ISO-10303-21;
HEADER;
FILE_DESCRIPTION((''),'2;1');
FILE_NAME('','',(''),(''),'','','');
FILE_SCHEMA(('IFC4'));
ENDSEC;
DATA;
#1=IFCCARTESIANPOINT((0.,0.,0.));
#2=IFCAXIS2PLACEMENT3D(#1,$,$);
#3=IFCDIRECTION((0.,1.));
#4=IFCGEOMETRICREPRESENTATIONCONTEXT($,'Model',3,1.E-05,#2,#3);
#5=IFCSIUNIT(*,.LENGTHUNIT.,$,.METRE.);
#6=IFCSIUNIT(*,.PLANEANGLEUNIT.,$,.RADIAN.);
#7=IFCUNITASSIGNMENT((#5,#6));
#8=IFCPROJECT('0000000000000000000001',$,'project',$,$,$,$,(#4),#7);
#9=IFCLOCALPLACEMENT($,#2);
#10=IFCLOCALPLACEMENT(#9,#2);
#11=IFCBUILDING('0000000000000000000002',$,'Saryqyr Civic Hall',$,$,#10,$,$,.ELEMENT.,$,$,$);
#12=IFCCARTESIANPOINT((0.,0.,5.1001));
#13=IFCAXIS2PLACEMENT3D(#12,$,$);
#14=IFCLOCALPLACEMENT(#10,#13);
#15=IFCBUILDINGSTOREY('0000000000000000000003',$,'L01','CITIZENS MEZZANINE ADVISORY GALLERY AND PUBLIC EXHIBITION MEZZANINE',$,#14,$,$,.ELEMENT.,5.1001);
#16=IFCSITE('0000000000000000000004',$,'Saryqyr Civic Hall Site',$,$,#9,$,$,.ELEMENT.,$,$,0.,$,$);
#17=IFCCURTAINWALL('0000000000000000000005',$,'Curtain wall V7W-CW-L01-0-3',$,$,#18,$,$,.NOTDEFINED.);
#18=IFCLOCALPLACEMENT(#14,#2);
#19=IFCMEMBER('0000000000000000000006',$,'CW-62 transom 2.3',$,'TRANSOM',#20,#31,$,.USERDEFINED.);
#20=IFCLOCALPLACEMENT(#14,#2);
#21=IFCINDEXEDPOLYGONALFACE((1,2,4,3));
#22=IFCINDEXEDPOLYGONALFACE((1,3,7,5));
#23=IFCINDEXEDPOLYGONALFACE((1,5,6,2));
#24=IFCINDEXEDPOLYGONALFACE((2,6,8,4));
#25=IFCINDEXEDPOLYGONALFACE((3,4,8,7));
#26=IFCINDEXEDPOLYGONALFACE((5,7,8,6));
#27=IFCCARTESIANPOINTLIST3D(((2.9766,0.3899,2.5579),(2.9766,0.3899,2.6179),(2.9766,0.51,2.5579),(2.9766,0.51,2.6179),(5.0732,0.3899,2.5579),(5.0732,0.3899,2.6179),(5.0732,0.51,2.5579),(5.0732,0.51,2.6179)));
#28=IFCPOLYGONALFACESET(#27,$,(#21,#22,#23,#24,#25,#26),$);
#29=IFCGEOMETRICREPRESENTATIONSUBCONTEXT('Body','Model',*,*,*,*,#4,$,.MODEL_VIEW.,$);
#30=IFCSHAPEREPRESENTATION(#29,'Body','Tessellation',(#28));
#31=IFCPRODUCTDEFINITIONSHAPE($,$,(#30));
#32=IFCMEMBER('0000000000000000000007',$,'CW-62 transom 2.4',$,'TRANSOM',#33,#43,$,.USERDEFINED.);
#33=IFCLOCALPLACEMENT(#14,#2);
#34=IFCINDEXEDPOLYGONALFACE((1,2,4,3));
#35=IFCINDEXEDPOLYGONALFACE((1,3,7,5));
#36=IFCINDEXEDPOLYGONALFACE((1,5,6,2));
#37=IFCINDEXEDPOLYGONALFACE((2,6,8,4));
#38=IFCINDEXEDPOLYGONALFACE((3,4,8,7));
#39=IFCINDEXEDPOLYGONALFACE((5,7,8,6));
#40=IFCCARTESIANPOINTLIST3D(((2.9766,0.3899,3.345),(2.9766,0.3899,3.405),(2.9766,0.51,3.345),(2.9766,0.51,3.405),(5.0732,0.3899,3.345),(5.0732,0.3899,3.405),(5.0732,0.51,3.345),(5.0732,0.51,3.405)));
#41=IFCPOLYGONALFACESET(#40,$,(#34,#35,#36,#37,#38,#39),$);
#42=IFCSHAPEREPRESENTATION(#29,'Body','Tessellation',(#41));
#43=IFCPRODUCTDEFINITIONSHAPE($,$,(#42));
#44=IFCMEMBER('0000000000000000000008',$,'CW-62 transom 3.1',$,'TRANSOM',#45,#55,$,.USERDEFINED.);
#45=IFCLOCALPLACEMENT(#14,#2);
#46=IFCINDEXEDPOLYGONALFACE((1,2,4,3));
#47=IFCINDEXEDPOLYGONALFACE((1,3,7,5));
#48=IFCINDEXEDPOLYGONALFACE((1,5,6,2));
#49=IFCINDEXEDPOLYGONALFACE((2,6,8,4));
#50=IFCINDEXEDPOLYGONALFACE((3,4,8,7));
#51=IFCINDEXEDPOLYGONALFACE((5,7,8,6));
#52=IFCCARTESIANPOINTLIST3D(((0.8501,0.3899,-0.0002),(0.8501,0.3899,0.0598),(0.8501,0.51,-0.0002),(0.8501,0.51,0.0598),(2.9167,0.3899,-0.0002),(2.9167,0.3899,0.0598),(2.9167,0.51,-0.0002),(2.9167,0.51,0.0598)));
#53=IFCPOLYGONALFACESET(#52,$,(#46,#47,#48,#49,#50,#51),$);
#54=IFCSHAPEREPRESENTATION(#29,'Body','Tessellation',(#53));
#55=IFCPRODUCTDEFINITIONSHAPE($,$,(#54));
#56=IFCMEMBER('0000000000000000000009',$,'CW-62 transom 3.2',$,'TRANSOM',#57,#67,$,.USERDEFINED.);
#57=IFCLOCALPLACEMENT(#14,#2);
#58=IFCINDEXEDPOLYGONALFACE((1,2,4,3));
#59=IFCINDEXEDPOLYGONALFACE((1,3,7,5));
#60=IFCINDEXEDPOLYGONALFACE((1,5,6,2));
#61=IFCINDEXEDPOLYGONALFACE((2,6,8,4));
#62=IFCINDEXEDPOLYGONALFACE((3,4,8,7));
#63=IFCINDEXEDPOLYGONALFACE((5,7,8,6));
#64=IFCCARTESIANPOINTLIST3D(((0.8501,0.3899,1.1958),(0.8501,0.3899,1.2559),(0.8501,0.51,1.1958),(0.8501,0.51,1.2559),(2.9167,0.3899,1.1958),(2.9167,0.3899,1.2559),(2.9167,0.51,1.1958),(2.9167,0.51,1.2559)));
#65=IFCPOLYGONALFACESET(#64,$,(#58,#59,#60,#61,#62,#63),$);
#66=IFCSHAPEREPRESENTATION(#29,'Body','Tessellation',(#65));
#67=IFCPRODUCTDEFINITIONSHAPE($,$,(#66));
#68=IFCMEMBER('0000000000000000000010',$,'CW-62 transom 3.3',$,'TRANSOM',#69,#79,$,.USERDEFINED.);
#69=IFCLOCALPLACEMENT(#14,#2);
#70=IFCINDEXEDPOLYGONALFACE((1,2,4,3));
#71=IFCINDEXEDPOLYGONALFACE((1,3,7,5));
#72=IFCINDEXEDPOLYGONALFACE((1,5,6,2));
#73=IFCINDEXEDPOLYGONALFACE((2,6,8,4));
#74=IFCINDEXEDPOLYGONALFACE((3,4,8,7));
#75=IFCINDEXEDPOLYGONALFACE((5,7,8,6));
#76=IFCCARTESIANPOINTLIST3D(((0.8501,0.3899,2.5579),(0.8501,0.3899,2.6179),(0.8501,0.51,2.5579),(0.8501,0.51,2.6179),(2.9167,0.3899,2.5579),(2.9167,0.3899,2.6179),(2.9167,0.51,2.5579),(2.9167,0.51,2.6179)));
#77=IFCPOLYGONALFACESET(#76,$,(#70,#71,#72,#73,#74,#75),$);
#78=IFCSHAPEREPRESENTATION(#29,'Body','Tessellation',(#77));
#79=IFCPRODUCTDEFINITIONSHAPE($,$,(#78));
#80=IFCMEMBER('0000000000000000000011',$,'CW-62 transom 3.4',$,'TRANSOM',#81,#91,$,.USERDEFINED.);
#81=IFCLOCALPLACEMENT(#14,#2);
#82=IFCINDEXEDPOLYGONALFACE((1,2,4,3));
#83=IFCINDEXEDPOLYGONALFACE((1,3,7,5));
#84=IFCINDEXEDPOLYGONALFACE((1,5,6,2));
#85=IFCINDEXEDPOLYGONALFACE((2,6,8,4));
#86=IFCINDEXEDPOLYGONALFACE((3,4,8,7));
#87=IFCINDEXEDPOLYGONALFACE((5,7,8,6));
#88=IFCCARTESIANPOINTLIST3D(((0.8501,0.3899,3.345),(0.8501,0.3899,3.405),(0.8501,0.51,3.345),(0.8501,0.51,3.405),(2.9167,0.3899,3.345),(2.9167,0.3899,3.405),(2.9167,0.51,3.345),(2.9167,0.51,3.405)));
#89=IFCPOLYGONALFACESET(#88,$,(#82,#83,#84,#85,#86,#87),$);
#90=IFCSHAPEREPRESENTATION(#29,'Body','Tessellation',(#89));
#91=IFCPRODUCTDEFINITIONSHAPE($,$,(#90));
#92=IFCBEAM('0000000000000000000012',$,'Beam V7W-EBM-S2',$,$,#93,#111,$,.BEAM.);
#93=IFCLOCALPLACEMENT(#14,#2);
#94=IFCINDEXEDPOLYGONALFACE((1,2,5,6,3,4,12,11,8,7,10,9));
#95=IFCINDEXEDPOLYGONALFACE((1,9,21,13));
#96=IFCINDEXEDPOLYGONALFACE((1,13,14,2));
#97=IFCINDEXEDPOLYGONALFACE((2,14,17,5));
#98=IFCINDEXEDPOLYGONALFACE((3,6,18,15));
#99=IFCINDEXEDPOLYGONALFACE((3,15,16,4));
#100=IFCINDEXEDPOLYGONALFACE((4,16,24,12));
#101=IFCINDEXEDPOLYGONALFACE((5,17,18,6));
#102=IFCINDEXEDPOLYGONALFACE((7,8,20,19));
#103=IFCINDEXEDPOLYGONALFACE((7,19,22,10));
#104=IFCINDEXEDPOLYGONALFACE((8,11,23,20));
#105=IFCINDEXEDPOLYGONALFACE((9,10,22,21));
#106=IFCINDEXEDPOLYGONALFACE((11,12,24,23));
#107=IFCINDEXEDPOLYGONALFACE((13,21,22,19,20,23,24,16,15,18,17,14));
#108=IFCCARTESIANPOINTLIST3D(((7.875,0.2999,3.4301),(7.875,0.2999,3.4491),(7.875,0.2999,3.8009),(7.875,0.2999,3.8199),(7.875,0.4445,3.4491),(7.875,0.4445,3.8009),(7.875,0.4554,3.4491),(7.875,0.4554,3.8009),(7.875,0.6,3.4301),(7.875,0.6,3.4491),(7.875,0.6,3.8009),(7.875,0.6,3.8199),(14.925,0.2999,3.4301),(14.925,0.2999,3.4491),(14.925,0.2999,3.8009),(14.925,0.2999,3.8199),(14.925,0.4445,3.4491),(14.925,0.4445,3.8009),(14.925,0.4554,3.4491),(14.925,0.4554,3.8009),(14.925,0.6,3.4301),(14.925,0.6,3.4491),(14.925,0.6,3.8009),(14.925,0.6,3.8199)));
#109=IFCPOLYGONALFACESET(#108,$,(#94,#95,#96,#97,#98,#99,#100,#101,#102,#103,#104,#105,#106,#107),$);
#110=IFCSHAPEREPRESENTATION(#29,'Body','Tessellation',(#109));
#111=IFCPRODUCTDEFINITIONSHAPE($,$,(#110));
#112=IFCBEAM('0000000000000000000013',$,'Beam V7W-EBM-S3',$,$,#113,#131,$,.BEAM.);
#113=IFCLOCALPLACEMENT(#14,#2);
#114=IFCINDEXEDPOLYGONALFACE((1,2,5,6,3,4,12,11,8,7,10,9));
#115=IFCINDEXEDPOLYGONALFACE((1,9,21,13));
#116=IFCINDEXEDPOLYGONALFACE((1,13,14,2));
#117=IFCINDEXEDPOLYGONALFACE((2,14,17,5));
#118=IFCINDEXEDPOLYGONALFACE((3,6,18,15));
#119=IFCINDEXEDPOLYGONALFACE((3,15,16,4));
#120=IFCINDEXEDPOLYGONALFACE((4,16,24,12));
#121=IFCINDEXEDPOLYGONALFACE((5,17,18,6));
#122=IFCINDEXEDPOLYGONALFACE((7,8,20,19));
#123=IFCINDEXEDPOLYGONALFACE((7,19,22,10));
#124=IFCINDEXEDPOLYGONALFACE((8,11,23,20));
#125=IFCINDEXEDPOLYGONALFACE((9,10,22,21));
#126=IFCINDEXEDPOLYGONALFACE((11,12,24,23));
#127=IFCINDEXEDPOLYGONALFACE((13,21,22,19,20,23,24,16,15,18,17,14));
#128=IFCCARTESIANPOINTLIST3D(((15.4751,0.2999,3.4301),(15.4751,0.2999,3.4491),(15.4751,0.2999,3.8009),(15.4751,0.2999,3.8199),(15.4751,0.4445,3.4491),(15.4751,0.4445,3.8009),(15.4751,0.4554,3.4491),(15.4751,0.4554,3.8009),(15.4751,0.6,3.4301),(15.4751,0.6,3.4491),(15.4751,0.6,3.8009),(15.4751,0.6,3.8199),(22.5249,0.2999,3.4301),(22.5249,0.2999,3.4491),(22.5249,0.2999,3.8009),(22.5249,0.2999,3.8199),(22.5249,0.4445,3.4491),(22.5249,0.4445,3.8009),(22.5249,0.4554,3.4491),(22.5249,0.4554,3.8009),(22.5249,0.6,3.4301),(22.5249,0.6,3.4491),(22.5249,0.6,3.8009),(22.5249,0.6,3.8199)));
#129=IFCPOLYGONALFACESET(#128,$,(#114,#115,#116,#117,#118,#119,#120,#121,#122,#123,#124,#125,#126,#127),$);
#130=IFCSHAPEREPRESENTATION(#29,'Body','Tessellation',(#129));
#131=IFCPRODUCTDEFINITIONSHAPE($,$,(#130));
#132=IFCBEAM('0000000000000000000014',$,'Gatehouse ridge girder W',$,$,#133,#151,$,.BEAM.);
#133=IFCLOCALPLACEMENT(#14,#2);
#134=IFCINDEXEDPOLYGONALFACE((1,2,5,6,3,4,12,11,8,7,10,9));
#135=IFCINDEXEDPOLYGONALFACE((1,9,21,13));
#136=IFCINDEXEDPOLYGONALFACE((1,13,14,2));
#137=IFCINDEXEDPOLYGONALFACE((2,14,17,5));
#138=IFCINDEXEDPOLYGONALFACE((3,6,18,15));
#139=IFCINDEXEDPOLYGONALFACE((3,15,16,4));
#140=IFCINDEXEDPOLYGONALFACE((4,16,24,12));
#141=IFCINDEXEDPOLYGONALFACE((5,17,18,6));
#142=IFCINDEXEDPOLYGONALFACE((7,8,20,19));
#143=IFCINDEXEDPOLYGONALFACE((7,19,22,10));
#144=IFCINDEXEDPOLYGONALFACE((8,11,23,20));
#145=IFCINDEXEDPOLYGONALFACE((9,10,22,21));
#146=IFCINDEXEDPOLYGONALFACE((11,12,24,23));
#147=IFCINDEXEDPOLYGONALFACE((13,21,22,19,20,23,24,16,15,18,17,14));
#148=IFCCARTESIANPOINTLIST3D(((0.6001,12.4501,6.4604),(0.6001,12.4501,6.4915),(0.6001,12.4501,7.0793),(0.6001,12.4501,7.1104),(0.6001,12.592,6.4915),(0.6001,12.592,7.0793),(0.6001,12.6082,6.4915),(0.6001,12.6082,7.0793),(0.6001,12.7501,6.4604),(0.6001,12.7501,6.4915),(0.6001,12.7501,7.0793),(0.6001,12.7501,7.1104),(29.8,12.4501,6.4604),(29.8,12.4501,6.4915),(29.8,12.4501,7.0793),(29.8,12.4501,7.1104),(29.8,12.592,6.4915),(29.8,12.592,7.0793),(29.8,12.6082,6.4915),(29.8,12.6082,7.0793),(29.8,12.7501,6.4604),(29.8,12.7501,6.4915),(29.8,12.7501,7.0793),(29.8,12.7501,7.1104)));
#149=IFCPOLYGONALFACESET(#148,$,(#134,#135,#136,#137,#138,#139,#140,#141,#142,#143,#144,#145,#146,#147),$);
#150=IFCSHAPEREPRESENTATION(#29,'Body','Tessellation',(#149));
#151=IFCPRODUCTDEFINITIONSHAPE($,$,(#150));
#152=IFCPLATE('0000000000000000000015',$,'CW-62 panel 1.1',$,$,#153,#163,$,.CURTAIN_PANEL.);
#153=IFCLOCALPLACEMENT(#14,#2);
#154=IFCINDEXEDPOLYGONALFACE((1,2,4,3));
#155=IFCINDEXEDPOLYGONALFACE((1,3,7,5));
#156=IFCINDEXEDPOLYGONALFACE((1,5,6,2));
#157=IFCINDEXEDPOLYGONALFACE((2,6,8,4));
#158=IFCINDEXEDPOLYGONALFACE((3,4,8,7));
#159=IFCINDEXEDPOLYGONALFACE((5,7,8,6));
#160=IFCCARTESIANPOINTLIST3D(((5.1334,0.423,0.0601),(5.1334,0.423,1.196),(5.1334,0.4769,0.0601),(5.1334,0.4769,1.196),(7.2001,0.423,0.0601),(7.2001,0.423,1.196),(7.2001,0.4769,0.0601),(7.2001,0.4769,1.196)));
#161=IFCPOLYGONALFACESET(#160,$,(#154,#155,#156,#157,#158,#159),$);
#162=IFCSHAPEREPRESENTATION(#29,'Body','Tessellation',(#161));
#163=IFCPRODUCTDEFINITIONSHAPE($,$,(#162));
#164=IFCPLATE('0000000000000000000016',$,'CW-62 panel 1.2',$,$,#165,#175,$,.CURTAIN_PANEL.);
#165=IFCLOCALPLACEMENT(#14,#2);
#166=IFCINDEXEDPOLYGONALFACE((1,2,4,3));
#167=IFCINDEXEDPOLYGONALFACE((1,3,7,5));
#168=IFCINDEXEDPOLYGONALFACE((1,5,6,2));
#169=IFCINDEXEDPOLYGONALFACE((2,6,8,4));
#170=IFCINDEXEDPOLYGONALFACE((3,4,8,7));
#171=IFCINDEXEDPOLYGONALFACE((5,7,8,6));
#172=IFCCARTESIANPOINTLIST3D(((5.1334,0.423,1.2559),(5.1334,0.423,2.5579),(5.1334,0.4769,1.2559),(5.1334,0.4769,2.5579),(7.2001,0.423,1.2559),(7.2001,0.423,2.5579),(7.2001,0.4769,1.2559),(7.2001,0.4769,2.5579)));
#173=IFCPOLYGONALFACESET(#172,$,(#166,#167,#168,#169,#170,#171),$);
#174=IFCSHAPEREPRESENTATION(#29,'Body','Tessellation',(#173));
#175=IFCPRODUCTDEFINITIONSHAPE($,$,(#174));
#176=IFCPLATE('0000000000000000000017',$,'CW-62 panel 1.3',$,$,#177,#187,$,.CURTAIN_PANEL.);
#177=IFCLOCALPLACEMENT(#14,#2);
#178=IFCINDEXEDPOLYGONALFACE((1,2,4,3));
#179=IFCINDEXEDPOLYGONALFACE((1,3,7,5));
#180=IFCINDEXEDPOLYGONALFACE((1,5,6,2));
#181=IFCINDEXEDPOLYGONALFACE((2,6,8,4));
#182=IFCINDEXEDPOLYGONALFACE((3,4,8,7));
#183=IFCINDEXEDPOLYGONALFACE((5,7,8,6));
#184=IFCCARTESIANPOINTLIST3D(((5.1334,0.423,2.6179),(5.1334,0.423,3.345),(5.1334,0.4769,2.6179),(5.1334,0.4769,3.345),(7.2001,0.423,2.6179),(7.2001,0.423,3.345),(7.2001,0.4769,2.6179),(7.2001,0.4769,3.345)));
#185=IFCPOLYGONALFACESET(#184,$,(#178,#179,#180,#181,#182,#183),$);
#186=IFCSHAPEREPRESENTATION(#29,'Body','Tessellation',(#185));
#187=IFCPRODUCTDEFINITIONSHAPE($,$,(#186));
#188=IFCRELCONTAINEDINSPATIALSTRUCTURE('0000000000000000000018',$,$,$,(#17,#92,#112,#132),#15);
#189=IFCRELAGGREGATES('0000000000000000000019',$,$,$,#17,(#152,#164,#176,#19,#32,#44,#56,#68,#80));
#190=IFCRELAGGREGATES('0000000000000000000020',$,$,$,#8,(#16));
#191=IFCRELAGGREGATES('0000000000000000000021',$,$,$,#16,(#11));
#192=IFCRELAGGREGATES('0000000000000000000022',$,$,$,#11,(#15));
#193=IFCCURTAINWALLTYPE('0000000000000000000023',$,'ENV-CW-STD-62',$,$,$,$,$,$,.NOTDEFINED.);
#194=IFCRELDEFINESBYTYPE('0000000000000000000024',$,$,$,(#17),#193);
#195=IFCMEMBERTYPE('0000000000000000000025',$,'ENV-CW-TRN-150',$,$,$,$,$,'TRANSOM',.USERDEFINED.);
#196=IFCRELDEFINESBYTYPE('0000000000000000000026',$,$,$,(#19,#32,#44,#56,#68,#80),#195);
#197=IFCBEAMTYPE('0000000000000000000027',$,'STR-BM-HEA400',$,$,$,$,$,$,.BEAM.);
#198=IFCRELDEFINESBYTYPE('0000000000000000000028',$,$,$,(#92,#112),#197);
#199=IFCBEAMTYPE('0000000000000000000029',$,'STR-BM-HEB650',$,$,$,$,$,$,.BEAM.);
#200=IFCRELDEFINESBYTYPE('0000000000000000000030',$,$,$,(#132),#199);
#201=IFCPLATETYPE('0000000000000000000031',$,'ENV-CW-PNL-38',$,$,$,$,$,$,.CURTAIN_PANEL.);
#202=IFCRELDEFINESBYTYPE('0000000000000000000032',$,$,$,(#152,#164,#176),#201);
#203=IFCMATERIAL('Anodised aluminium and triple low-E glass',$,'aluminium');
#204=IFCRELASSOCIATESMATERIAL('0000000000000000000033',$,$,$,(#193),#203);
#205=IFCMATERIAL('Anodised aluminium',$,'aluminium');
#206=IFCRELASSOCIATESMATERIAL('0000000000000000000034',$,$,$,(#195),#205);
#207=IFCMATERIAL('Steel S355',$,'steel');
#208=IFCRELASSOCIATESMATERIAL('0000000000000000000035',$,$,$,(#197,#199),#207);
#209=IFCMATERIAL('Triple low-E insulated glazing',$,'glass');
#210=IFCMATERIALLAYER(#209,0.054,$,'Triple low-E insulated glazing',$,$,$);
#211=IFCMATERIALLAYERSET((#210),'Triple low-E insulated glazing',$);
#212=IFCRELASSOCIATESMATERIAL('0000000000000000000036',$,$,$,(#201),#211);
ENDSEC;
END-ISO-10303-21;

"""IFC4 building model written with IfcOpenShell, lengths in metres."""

from ifc_helpers import new_model, si_unit, direction, frame, origin, origin_2d, place, context, subcontext, project, spatial, rectangle, i_section, extrude, material, layer, layer_set, material_profile, profile_set, type_object, element, aggregate, save


model = new_model("IFC4")

# Units and contexts
model_context = context("Model", 3, precision=1e-05, world=origin(), true_north=direction((0.0, 1.0)))
body_context = subcontext(model_context, "Body", "Model", "MODEL_VIEW")
ifc_project = project(units=[si_unit("LENGTHUNIT", "METRE"), si_unit("PLANEANGLEUNIT", "RADIAN")], contexts=[model_context])

# Site, building, storey
site_placement = place(None, origin())
site = spatial("IfcSite", under=ifc_project, at=site_placement, Name="Saryqyr Civic Hall Site", CompositionType="ELEMENT", RefElevation=0.0)
building_placement = place(site_placement, origin())
building = spatial("IfcBuilding", under=site, at=building_placement, Name="Saryqyr Civic Hall", CompositionType="ELEMENT")
storey_placement = place(building_placement, frame((0.0, 0.0, 5.1001)))
storey = spatial("IfcBuildingStorey", under=building, at=storey_placement, Name="L01", Description="CITIZENS MEZZANINE ADVISORY GALLERY AND PUBLIC EXHIBITION MEZZANINE", CompositionType="ELEMENT", Elevation=5.1001)

# Curtain wall, members
ifc_material_1 = material(Name="Anodised aluminium and triple low-E glass", Category="aluminium")
curtain_wall_type = type_object("IfcCurtainWallType", Name="ENV-CW-STD-62", PredefinedType="NOTDEFINED", material=ifc_material_1)
curtain_wall_placement = place(storey_placement, origin())
curtain_wall = element("IfcCurtainWall", 1, at=curtain_wall_placement, inside=storey, type_object=curtain_wall_type, Name="Curtain wall V7W-CW-L01-0-3", PredefinedType="NOTDEFINED")
ifc_material_2 = material(Name="Anodised aluminium", Category="aluminium")
ifc_material_profile_1 = material_profile(ifc_material_2, rectangle(XDim=0.1201, YDim=0.0601, at=origin_2d()), Name="ALU TRANSOM 120x60")
ifc_profile_set_1 = profile_set([ifc_material_profile_1], Name="Anodised aluminium")
member_type_1 = type_object("IfcMemberType", Name="ENV-CW-TRN-150", ElementType="TRANSOM", PredefinedType="USERDEFINED", material=ifc_profile_set_1)
member_1_placement = place(storey_placement, frame((5.0732, 0.45, 2.5879), z_axis=(-1.0, 0.0, 0.0), x_axis=(0.0, -1.0, 0.0)))
member_1 = element("IfcMember", 2, at=member_1_placement, type_object=member_type_1, Name="CW-62 transom 2.3", ObjectType="TRANSOM", PredefinedType="USERDEFINED", context=body_context, shape_type="SweptSolid", body=[
    extrude(rectangle(XDim=0.1201, YDim=0.0601, at=origin_2d()), origin(), (0.0, 0.0, 1.0), 2.0967),
])
member_2_placement = place(storey_placement, frame((5.0732, 0.45, 3.375), z_axis=(-1.0, 0.0, 0.0), x_axis=(0.0, -1.0, 0.0)))
member_2 = element("IfcMember", 3, at=member_2_placement, type_object=member_type_1, Name="CW-62 transom 2.4", ObjectType="TRANSOM", PredefinedType="USERDEFINED", context=body_context, shape_type="SweptSolid", body=[
    extrude(rectangle(XDim=0.1201, YDim=0.0601, at=origin_2d()), origin(), (0.0, 0.0, 1.0), 2.0967),
])
member_3_placement = place(storey_placement, frame((2.9167, 0.45, 0.0298), z_axis=(-1.0, 0.0, 0.0), x_axis=(0.0, -1.0, 0.0)))
member_3 = element("IfcMember", 4, at=member_3_placement, type_object=member_type_1, Name="CW-62 transom 3.1", ObjectType="TRANSOM", PredefinedType="USERDEFINED", context=body_context, shape_type="SweptSolid", body=[
    extrude(rectangle(XDim=0.1201, YDim=0.0601, at=origin_2d()), origin(), (0.0, 0.0, 1.0), 2.0667),
])
member_4_placement = place(storey_placement, frame((2.9167, 0.45, 1.2258), z_axis=(-1.0, 0.0, 0.0), x_axis=(0.0, -1.0, 0.0)))
member_4 = element("IfcMember", 5, at=member_4_placement, type_object=member_type_1, Name="CW-62 transom 3.2", ObjectType="TRANSOM", PredefinedType="USERDEFINED", context=body_context, shape_type="SweptSolid", body=[
    extrude(rectangle(XDim=0.1201, YDim=0.0601, at=origin_2d()), origin(), (0.0, 0.0, 1.0), 2.0667),
])
member_5_placement = place(storey_placement, frame((2.9167, 0.45, 2.5879), z_axis=(-1.0, 0.0, 0.0), x_axis=(0.0, -1.0, 0.0)))
member_5 = element("IfcMember", 6, at=member_5_placement, type_object=member_type_1, Name="CW-62 transom 3.3", ObjectType="TRANSOM", PredefinedType="USERDEFINED", context=body_context, shape_type="SweptSolid", body=[
    extrude(rectangle(XDim=0.1201, YDim=0.0601, at=origin_2d()), origin(), (0.0, 0.0, 1.0), 2.0667),
])
member_6_placement = place(storey_placement, frame((2.9167, 0.45, 3.375), z_axis=(-1.0, 0.0, 0.0), x_axis=(0.0, -1.0, 0.0)))
member_6 = element("IfcMember", 7, at=member_6_placement, type_object=member_type_1, Name="CW-62 transom 3.4", ObjectType="TRANSOM", PredefinedType="USERDEFINED", context=body_context, shape_type="SweptSolid", body=[
    extrude(rectangle(XDim=0.1201, YDim=0.0601, at=origin_2d()), origin(), (0.0, 0.0, 1.0), 2.0667),
])

# Beams
ifc_material_3 = material(Name="Steel S355", Category="steel")
ifc_material_profile_2 = material_profile(ifc_material_3, i_section(OverallWidth=0.3, OverallDepth=0.3899, WebThickness=0.011, FlangeThickness=0.019, at=origin_2d()), Name="HEA 400")
ifc_profile_set_2 = profile_set([ifc_material_profile_2], Name="Steel S355")
beam_type_1 = type_object("IfcBeamType", Name="STR-BM-HEA400", PredefinedType="BEAM", material=ifc_profile_set_2)
beam_1_placement = place(storey_placement, frame((7.875, 0.45, 3.625), z_axis=(1.0, 0.0, 0.0), x_axis=(0.0, 1.0, 0.0)))
element("IfcBeam", 8, at=beam_1_placement, inside=storey, type_object=beam_type_1, Name="Beam V7W-EBM-S2", PredefinedType="BEAM", context=body_context, shape_type="SweptSolid", body=[
    extrude(i_section(OverallWidth=0.3, OverallDepth=0.3899, WebThickness=0.011, FlangeThickness=0.019, at=origin_2d()), origin(), (0.0, 0.0, 1.0), 7.05),
])
beam_2_placement = place(storey_placement, frame((15.4751, 0.45, 3.625), z_axis=(1.0, 0.0, 0.0), x_axis=(0.0, 1.0, 0.0)))
element("IfcBeam", 9, at=beam_2_placement, inside=storey, type_object=beam_type_1, Name="Beam V7W-EBM-S3", PredefinedType="BEAM", context=body_context, shape_type="SweptSolid", body=[
    extrude(i_section(OverallWidth=0.3, OverallDepth=0.3899, WebThickness=0.011, FlangeThickness=0.019, at=origin_2d()), origin(), (0.0, 0.0, 1.0), 7.0498),
])
ifc_material_profile_3 = material_profile(ifc_material_3, i_section(OverallWidth=0.3, OverallDepth=0.6499, WebThickness=0.0161, FlangeThickness=0.031, at=origin_2d()), Name="HEB 650")
ifc_profile_set_3 = profile_set([ifc_material_profile_3], Name="Steel S355")
beam_type_2 = type_object("IfcBeamType", Name="STR-BM-HEB650", PredefinedType="BEAM", material=ifc_profile_set_3)
beam_3_placement = place(storey_placement, frame((0.6001, 12.6001, 6.7854), z_axis=(1.0, 0.0, 0.0), x_axis=(0.0, 1.0, 0.0)))
element("IfcBeam", 10, at=beam_3_placement, inside=storey, type_object=beam_type_2, Name="Gatehouse ridge girder W", PredefinedType="BEAM", context=body_context, shape_type="SweptSolid", body=[
    extrude(i_section(OverallWidth=0.3, OverallDepth=0.6499, WebThickness=0.0161, FlangeThickness=0.031, at=origin_2d()), origin(), (0.0, 0.0, 1.0), 29.2),
])

# Plates
ifc_material_4 = material(Name="Triple low-E insulated glazing", Category="glass")
ifc_layer_1 = layer(ifc_material_4, 0.054, Name="Triple low-E insulated glazing")
ifc_layer_set_1 = layer_set([ifc_layer_1], Name="Triple low-E insulated glazing")
plate_type = type_object("IfcPlateType", Name="ENV-CW-PNL-38", PredefinedType="CURTAIN_PANEL", material=ifc_layer_set_1)
plate_1_placement = place(storey_placement, frame((6.1667, 0.45, 0.0601), z_axis=(0.0, 0.0, 1.0), x_axis=(-1.0, 0.0, 0.0)))
plate_1 = element("IfcPlate", 11, at=plate_1_placement, type_object=plate_type, Name="CW-62 panel 1.1", PredefinedType="CURTAIN_PANEL", context=body_context, shape_type="SweptSolid", body=[
    extrude(rectangle(XDim=2.0667, YDim=0.054, at=origin_2d()), origin(), (0.0, 0.0, 1.0), 1.136),
])
plate_2_placement = place(storey_placement, frame((6.1667, 0.45, 1.2559), z_axis=(0.0, 0.0, 1.0), x_axis=(-1.0, 0.0, 0.0)))
plate_2 = element("IfcPlate", 12, at=plate_2_placement, type_object=plate_type, Name="CW-62 panel 1.2", PredefinedType="CURTAIN_PANEL", context=body_context, shape_type="SweptSolid", body=[
    extrude(rectangle(XDim=2.0667, YDim=0.054, at=origin_2d()), origin(), (0.0, 0.0, 1.0), 1.302),
])
plate_3_placement = place(storey_placement, frame((6.1667, 0.45, 2.6179), z_axis=(0.0, 0.0, 1.0), x_axis=(-1.0, 0.0, 0.0)))
plate_3 = element("IfcPlate", 13, at=plate_3_placement, type_object=plate_type, Name="CW-62 panel 1.3", PredefinedType="CURTAIN_PANEL", context=body_context, shape_type="SweptSolid", body=[
    extrude(rectangle(XDim=2.0667, YDim=0.054, at=origin_2d()), origin(), (0.0, 0.0, 1.0), 0.7271),
])
aggregate(curtain_wall, [plate_1, plate_2, plate_3, member_1, member_2, member_3, member_4, member_5, member_6])

save(model, "model.ifc")
